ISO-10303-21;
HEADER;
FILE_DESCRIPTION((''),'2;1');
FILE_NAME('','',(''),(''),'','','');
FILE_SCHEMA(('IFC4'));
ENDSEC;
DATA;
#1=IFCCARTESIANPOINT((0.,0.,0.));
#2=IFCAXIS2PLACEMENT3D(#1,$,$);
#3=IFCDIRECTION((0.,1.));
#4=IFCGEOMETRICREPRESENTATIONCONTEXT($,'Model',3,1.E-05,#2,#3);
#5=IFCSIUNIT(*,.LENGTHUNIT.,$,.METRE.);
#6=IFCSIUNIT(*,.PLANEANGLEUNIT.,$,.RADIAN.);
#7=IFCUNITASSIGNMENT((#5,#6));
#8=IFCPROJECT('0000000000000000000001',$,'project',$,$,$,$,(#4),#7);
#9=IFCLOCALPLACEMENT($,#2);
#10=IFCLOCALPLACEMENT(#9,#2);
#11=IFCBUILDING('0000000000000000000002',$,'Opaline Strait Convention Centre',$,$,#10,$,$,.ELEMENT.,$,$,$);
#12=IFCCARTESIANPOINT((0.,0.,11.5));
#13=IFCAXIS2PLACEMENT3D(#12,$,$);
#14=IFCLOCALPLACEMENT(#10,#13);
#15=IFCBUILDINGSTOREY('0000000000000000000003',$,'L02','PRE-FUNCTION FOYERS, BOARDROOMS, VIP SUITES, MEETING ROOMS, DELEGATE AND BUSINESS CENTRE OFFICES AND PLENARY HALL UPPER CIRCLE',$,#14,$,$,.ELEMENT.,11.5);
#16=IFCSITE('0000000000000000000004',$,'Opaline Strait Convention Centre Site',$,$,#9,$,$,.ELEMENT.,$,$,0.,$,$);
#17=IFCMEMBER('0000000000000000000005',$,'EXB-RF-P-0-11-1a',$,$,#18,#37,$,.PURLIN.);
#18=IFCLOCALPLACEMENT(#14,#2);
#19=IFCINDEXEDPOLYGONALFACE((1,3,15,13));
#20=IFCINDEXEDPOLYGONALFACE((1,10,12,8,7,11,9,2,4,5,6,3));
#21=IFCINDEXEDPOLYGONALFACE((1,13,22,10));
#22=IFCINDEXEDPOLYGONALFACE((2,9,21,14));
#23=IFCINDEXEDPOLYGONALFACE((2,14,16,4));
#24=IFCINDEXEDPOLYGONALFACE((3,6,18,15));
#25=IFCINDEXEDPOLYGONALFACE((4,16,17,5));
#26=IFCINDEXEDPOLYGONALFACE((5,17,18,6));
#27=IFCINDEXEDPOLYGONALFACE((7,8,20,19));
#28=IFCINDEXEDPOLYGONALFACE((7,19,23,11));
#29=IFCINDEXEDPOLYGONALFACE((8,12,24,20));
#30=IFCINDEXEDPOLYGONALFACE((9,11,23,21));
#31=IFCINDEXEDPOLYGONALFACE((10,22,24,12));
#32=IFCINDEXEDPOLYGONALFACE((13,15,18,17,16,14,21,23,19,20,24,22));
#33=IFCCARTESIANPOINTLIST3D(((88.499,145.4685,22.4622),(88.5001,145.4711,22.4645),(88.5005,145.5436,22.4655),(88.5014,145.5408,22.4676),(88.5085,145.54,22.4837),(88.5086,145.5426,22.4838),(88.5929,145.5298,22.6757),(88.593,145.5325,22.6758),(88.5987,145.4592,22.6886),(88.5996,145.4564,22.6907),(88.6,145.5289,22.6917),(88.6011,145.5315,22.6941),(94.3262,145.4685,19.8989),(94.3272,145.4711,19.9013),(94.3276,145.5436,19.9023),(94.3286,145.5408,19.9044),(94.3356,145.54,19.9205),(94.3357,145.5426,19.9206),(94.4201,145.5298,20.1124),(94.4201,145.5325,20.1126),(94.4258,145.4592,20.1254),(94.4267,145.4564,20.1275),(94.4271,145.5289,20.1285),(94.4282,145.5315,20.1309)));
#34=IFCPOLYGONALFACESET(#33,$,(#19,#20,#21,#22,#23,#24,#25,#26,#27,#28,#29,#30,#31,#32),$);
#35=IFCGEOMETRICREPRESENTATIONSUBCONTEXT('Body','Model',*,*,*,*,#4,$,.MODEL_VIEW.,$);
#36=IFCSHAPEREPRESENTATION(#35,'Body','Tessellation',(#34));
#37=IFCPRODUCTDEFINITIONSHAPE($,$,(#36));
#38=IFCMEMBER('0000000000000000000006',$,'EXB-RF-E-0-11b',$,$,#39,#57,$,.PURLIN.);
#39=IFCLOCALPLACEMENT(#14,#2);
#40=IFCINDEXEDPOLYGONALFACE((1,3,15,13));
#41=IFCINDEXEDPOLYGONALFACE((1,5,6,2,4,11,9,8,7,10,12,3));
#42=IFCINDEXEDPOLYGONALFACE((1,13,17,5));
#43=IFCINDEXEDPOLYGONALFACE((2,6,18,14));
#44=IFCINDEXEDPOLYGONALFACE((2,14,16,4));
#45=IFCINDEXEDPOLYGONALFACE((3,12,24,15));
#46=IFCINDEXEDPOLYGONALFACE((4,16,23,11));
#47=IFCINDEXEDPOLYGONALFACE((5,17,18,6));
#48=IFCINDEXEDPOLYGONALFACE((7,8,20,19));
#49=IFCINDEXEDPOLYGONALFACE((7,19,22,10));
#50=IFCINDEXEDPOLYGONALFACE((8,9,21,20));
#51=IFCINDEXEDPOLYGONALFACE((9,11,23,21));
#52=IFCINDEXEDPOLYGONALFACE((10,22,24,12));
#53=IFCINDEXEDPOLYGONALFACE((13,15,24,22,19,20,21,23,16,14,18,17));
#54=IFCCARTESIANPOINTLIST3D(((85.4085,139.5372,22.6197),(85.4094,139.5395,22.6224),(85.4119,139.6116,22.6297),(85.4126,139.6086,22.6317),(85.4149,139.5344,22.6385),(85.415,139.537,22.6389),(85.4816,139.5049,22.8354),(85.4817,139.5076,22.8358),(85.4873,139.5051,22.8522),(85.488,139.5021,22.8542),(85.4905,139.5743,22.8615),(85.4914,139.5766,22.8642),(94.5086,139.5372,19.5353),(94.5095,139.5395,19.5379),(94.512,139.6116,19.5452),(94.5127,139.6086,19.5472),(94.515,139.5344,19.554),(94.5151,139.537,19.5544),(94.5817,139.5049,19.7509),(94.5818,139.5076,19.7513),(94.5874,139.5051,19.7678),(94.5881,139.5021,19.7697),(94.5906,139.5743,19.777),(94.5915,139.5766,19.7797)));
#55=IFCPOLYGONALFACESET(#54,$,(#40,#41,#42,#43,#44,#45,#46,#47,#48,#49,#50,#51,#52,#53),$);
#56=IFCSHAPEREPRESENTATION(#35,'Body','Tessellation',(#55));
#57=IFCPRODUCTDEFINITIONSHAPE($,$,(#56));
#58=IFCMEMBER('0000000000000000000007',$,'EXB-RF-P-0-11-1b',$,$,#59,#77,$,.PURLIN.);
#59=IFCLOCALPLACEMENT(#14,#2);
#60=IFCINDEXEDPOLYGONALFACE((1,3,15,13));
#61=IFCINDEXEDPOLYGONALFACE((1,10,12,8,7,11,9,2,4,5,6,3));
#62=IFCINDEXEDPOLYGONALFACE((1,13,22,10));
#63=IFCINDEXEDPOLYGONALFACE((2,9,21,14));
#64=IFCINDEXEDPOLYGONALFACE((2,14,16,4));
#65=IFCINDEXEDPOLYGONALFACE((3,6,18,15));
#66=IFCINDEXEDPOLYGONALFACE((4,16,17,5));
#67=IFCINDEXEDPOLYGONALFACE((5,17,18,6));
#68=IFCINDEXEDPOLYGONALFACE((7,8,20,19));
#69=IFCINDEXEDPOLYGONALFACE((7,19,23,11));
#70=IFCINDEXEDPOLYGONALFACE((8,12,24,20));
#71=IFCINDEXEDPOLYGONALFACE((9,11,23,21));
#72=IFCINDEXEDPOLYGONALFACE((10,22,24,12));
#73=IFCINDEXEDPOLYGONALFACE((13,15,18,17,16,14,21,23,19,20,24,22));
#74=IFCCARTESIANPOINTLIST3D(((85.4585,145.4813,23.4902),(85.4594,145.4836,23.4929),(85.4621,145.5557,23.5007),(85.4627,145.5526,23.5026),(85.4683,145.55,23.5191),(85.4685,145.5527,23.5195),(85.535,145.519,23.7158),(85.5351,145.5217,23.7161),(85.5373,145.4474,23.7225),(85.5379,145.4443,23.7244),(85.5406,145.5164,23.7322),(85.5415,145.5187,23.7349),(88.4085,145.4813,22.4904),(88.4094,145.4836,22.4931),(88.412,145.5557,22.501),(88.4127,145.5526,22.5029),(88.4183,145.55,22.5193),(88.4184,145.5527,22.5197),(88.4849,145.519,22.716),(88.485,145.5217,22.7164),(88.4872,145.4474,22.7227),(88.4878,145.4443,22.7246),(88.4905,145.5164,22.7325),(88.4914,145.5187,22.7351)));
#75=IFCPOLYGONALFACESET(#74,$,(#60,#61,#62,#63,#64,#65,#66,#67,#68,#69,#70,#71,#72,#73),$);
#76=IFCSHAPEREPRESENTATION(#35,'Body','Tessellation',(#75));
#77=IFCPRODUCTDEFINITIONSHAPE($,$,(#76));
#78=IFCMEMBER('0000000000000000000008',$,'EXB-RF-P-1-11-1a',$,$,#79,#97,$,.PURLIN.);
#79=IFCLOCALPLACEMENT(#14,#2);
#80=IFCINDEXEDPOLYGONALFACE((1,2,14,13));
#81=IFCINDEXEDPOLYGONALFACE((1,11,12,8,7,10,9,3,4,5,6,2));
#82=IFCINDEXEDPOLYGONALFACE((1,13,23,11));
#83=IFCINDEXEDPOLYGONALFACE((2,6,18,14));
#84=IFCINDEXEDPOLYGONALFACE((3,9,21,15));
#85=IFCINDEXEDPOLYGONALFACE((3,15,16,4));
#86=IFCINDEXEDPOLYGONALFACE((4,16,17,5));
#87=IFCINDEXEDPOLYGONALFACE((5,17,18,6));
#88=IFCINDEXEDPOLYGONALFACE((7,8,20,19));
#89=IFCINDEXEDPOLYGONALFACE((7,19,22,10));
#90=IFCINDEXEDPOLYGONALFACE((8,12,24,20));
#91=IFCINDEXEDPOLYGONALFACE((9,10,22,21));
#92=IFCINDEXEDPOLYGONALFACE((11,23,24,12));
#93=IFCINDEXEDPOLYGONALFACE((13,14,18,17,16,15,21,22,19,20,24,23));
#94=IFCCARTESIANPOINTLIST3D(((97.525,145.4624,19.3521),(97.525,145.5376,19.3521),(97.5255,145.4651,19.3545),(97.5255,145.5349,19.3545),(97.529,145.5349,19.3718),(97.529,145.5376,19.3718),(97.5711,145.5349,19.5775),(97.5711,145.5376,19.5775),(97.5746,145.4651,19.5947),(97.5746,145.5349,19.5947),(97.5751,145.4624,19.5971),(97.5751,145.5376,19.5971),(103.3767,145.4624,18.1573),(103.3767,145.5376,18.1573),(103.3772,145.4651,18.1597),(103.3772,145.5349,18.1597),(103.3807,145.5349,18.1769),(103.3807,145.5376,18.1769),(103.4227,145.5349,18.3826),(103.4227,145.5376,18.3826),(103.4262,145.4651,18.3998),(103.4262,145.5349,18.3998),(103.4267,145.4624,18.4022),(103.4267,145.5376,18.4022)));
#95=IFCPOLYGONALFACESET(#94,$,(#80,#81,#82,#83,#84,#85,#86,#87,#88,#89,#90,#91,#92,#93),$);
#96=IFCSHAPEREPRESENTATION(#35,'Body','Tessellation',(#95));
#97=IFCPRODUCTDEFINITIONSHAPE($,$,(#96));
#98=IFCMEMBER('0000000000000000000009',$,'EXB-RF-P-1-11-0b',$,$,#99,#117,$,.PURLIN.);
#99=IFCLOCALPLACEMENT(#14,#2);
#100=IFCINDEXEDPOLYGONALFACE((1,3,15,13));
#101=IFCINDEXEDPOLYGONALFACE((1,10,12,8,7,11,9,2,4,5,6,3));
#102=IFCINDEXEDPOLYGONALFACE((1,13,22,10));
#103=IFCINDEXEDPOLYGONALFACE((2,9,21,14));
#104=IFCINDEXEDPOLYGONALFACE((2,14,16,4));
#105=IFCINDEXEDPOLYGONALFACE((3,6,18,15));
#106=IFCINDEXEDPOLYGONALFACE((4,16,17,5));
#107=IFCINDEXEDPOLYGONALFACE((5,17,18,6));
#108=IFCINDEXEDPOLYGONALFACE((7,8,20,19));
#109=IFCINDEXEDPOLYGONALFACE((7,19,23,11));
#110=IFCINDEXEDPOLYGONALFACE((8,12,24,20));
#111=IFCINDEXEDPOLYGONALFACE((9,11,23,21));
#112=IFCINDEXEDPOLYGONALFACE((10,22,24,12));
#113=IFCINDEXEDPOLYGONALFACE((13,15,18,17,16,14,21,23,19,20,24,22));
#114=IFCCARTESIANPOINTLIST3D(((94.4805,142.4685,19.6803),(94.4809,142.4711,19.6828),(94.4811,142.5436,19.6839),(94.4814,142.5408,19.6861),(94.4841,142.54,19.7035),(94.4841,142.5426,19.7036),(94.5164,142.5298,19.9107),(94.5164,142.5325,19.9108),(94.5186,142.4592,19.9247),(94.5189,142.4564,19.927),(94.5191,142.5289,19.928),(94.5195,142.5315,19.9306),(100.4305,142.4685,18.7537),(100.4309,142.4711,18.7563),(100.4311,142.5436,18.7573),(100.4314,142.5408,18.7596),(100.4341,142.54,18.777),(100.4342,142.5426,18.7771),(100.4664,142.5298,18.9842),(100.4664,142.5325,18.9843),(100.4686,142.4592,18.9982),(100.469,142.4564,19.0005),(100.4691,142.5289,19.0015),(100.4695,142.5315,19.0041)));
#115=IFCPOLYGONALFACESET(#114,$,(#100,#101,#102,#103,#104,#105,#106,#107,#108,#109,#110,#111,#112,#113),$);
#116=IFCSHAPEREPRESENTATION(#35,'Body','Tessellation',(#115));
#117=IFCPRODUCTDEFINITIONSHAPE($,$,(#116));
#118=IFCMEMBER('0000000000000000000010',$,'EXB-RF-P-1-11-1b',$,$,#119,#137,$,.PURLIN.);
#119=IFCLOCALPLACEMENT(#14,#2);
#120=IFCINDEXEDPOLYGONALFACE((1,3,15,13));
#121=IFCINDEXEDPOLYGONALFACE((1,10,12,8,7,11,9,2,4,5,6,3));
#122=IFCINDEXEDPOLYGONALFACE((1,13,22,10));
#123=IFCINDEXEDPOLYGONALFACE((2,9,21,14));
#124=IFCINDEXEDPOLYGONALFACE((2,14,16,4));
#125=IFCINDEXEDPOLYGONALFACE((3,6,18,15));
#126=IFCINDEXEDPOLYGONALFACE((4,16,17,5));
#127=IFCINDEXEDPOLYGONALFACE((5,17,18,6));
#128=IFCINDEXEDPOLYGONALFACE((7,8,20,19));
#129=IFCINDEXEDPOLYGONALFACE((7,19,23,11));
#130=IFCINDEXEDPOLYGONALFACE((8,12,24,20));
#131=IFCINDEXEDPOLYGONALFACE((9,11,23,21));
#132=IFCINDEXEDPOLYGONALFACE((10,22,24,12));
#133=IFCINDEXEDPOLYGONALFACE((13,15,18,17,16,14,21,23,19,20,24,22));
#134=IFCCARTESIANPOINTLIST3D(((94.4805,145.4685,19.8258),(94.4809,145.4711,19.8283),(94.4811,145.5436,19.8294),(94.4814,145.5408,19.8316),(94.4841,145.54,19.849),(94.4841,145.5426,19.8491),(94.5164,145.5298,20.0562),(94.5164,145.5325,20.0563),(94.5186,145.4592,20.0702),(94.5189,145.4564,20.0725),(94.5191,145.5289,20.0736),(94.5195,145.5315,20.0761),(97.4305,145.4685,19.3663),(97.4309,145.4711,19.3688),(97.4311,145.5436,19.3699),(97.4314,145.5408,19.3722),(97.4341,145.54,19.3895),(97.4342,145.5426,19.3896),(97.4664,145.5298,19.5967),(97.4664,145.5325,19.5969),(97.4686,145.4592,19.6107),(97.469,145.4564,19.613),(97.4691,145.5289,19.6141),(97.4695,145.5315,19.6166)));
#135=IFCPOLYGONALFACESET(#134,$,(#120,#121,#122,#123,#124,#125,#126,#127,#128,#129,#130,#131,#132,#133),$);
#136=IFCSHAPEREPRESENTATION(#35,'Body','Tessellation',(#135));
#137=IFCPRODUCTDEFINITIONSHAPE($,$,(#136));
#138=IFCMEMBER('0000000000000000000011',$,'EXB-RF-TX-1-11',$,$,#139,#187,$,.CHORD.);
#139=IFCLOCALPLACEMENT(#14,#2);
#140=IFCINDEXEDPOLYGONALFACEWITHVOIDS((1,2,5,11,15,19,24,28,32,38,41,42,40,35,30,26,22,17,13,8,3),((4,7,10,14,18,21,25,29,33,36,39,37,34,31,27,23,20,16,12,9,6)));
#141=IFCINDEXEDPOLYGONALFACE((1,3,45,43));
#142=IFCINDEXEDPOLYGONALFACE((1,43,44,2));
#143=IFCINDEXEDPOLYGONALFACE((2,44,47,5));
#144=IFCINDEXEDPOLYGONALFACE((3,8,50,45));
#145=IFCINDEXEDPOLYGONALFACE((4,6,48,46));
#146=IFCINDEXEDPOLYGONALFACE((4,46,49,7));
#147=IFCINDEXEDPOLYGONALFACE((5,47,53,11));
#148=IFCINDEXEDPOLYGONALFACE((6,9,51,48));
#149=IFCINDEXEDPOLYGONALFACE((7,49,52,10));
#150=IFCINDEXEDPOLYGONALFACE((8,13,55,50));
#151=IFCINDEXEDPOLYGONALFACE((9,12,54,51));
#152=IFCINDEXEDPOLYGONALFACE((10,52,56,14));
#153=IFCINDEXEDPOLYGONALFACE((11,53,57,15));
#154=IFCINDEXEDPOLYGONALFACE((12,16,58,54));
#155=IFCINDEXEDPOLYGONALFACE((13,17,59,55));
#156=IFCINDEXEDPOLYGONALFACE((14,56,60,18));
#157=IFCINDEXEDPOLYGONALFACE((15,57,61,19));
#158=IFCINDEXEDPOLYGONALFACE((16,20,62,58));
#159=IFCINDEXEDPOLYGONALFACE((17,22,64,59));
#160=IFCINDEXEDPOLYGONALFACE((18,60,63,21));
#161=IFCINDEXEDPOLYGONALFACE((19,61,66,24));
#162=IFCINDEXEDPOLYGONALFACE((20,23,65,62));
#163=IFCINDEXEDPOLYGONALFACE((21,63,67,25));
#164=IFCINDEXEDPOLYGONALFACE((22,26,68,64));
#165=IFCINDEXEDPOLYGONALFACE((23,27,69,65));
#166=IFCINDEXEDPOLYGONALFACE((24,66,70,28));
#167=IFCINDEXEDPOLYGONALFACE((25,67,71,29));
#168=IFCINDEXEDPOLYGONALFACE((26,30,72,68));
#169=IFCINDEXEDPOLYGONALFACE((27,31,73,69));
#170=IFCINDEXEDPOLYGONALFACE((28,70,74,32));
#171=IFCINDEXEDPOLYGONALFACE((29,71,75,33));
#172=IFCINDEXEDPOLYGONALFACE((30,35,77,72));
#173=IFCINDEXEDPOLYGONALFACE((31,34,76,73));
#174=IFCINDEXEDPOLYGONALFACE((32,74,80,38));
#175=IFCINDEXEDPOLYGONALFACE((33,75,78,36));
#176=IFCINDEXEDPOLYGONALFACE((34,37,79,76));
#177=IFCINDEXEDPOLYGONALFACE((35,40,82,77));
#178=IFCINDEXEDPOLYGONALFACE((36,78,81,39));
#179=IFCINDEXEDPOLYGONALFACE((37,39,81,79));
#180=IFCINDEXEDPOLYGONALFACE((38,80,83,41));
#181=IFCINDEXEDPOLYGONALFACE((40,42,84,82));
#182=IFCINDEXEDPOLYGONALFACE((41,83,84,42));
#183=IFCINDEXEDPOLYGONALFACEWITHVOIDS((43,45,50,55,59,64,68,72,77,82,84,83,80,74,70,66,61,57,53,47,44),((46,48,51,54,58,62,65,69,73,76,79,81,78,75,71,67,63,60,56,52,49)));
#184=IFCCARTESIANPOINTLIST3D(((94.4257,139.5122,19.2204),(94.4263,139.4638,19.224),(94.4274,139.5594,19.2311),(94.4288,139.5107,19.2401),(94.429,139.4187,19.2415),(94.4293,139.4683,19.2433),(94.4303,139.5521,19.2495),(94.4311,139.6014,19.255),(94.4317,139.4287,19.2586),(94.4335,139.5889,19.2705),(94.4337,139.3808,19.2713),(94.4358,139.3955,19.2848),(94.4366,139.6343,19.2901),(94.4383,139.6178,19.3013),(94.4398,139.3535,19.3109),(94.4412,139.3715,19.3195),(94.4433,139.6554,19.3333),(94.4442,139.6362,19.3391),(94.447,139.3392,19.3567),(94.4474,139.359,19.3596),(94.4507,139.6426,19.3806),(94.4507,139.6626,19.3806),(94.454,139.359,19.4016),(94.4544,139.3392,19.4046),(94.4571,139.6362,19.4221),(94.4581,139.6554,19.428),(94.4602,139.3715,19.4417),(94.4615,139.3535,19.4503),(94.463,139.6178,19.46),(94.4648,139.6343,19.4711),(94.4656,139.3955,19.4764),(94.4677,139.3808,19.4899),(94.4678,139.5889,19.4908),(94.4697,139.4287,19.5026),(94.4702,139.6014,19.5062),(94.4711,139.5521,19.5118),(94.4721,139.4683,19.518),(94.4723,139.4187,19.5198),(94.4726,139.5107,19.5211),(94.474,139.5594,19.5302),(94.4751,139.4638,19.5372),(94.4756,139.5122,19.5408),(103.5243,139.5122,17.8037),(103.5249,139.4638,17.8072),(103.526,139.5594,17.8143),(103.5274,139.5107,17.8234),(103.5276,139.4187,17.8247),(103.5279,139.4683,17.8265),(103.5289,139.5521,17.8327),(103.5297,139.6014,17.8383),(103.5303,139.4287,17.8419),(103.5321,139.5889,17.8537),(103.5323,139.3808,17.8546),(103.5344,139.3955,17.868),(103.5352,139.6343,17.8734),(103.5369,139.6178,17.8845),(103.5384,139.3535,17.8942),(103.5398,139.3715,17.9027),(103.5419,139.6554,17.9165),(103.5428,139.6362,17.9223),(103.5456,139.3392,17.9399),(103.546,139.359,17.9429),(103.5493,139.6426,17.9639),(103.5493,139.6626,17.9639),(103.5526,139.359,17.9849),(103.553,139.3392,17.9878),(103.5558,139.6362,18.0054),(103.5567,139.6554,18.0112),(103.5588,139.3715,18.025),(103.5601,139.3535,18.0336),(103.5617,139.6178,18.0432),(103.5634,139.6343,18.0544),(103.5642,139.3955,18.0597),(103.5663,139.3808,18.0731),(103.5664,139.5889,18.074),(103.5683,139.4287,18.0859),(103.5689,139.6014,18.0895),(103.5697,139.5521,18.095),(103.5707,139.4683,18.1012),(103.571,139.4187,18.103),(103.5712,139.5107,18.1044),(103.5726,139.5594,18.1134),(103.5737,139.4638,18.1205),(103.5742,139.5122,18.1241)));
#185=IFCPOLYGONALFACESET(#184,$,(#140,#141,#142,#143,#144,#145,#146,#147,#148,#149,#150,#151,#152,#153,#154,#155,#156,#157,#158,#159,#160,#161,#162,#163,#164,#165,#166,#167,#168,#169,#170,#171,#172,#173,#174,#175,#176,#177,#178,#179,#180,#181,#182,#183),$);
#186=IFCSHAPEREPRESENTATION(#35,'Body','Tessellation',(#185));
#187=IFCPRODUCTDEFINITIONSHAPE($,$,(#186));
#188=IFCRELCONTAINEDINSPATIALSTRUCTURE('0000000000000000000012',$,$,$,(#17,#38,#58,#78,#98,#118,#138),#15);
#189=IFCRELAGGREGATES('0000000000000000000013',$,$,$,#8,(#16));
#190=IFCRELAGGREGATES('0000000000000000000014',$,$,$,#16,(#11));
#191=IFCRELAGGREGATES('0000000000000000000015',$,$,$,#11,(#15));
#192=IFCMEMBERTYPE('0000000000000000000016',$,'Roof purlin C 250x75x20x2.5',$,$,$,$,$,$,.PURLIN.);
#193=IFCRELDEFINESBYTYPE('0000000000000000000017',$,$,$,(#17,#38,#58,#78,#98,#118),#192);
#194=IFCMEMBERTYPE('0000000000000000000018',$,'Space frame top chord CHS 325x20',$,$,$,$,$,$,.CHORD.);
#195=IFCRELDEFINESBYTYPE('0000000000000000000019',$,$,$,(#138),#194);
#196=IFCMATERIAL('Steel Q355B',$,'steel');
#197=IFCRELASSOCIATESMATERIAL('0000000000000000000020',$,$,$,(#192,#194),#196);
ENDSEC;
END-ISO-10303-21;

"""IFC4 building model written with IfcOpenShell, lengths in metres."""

from ifc_helpers import new_model, si_unit, direction, frame, origin, origin_2d, place, context, subcontext, project, spatial, polyline, hollow_circle, outline, extrude, material, material_profile, profile_set, type_object, element, save


model = new_model("IFC4")

# Units and contexts
model_context = context("Model", 3, precision=1e-05, world=origin(), true_north=direction((0.0, 1.0)))
body_context = subcontext(model_context, "Body", "Model", "MODEL_VIEW")
ifc_project = project(units=[si_unit("LENGTHUNIT", "METRE"), si_unit("PLANEANGLEUNIT", "RADIAN")], contexts=[model_context])

# Site, building, storey
site_placement = place(None, origin())
site = spatial("IfcSite", under=ifc_project, at=site_placement, Name="Opaline Strait Convention Centre Site", CompositionType="ELEMENT", RefElevation=0.0)
building_placement = place(site_placement, origin())
building = spatial("IfcBuilding", under=site, at=building_placement, Name="Opaline Strait Convention Centre", CompositionType="ELEMENT")
storey_placement = place(building_placement, frame((0.0, 0.0, 11.5)))
storey = spatial("IfcBuildingStorey", under=building, at=storey_placement, Name="L02", Description="PRE-FUNCTION FOYERS, BOARDROOMS, VIP SUITES, MEETING ROOMS, DELEGATE AND BUSINESS CENTRE OFFICES AND PLENARY HALL UPPER CIRCLE", CompositionType="ELEMENT", Elevation=11.5)

# Members
ifc_material_1 = material(Name="Steel Q355B", Category="steel")
ifc_material_profile_1 = material_profile(ifc_material_1, outline(polyline([(-0.0376, -0.125), (0.0376, -0.125), (0.0376, -0.105), (0.0349, -0.105), (0.0349, -0.1226), (-0.0349, -0.1226), (-0.0349, 0.1226), (0.0349, 0.1226), (0.0349, 0.105), (0.0376, 0.105), (0.0376, 0.125), (-0.0376, 0.125), (-0.0376, -0.125)])), Name="C 250x75x20x2.5")
ifc_profile_set_1 = profile_set([ifc_material_profile_1], Name="Steel Q355B")
member_type_1 = type_object("IfcMemberType", Name="Roof purlin C 250x75x20x2.5", PredefinedType="PURLIN", material=ifc_profile_set_1)
member_1_placement = place(storey_placement, frame((88.55, 145.5, 22.5781), z_axis=(0.915356, 0.0, -0.402645), x_axis=(0.019501, 0.998826, 0.044334)))
element("IfcMember", 1, at=member_1_placement, inside=storey, type_object=member_type_1, Name="EXB-RF-P-0-11-1a", PredefinedType="PURLIN", context=body_context, shape_type="SweptSolid", body=[
    extrude(outline(polyline([(-0.0376, -0.125), (0.0376, -0.125), (0.0376, -0.105), (0.0349, -0.105), (0.0349, -0.1226), (-0.0349, -0.1226), (-0.0349, 0.1226), (0.0349, 0.1226), (0.0349, 0.105), (0.0376, 0.105), (0.0376, 0.125), (-0.0376, 0.125), (-0.0376, -0.125)])), origin(), (0.0, 0.0, 1.0), 6.366),
])
member_2_placement = place(storey_placement, frame((94.55, 139.5569, 19.6575), z_axis=(-0.947076, 0.0, 0.321011), x_axis=(-0.044975, -0.990137, -0.132688)))
element("IfcMember", 2, at=member_2_placement, inside=storey, type_object=member_type_1, Name="EXB-RF-E-0-11b", PredefinedType="PURLIN", context=body_context, shape_type="SweptSolid", body=[
    extrude(outline(polyline([(-0.0376, -0.125), (0.0376, -0.125), (0.0376, -0.105), (0.0349, -0.105), (0.0349, -0.1226), (-0.0349, -0.1226), (-0.0349, 0.1226), (0.0349, 0.1226), (0.0349, 0.105), (0.0376, 0.105), (0.0376, 0.125), (-0.0376, 0.125), (-0.0376, -0.125)])), origin(), (0.0, 0.0, 1.0), 9.6086),
])
member_3_placement = place(storey_placement, frame((85.5, 145.5, 23.6125), z_axis=(0.947088, 0.0, -0.320974), x_axis=(0.047429, 0.989022, 0.139948)))
element("IfcMember", 3, at=member_3_placement, inside=storey, type_object=member_type_1, Name="EXB-RF-P-0-11-1b", PredefinedType="PURLIN", context=body_context, shape_type="SweptSolid", body=[
    extrude(outline(polyline([(-0.0376, -0.125), (0.0376, -0.125), (0.0376, -0.105), (0.0349, -0.105), (0.0349, -0.1226), (-0.0349, -0.1226), (-0.0349, 0.1226), (0.0349, 0.1226), (0.0349, 0.105), (0.0376, 0.105), (0.0376, 0.125), (-0.0376, 0.125), (-0.0376, -0.125)])), origin(), (0.0, 0.0, 1.0), 3.1147),
])
member_4_placement = place(storey_placement, frame((97.55, 145.5, 19.4746), z_axis=(0.979783, 0.0, -0.200061), x_axis=(0.0, 1.0, 0.0)))
element("IfcMember", 4, at=member_4_placement, inside=storey, type_object=member_type_1, Name="EXB-RF-P-1-11-1a", PredefinedType="PURLIN", context=body_context, shape_type="SweptSolid", body=[
    extrude(outline(polyline([(-0.0376, -0.125), (0.0376, -0.125), (0.0376, -0.105), (0.0349, -0.105), (0.0349, -0.1226), (-0.0349, -0.1226), (-0.0349, 0.1226), (0.0349, 0.1226), (0.0349, 0.105), (0.0376, 0.105), (0.0376, 0.125), (-0.0376, 0.125), (-0.0376, -0.125)])), origin(), (0.0, 0.0, 1.0), 5.9724),
])
member_5_placement = place(storey_placement, frame((94.5, 142.5, 19.8054), z_axis=(0.988092, 0.0, -0.153864), x_axis=(0.007452, 0.998826, 0.047856)))
element("IfcMember", 5, at=member_5_placement, inside=storey, type_object=member_type_1, Name="EXB-RF-P-1-11-0b", PredefinedType="PURLIN", context=body_context, shape_type="SweptSolid", body=[
    extrude(outline(polyline([(-0.0376, -0.125), (0.0376, -0.125), (0.0376, -0.105), (0.0349, -0.105), (0.0349, -0.1226), (-0.0349, -0.1226), (-0.0349, 0.1226), (0.0349, 0.1226), (0.0349, 0.105), (0.0376, 0.105), (0.0376, 0.125), (-0.0376, 0.125), (-0.0376, -0.125)])), origin(), (0.0, 0.0, 1.0), 6.0217),
])
member_6_placement = place(storey_placement, frame((94.5, 145.5, 19.9509), z_axis=(0.988086, 0.0, -0.1539), x_axis=(0.007454, 0.998826, 0.047856)))
element("IfcMember", 6, at=member_6_placement, inside=storey, type_object=member_type_1, Name="EXB-RF-P-1-11-1b", PredefinedType="PURLIN", context=body_context, shape_type="SweptSolid", body=[
    extrude(outline(polyline([(-0.0376, -0.125), (0.0376, -0.125), (0.0376, -0.105), (0.0349, -0.105), (0.0349, -0.1226), (-0.0349, -0.1226), (-0.0349, 0.1226), (0.0349, 0.1226), (0.0349, 0.105), (0.0376, 0.105), (0.0376, 0.125), (-0.0376, 0.125), (-0.0376, -0.125)])), origin(), (0.0, 0.0, 1.0), 2.9856),
])
ifc_material_profile_2 = material_profile(ifc_material_1, hollow_circle(Radius=0.1626, WallThickness=0.02, at=origin_2d()), Name="CHS 325x20")
ifc_profile_set_2 = profile_set([ifc_material_profile_2], Name="Steel Q355B")
member_type_2 = type_object("IfcMemberType", Name="Space frame top chord CHS 325x20", PredefinedType="CHORD", material=ifc_profile_set_2)
member_7_placement = place(storey_placement, frame((94.4507, 139.5, 19.3806), z_axis=(0.988093, 0.0, -0.153856), x_axis=(0.0, 1.0, 0.0)))
element("IfcMember", 7, at=member_7_placement, inside=storey, type_object=member_type_2, Name="EXB-RF-TX-1-11", PredefinedType="CHORD", context=body_context, shape_type="SweptSolid", body=[
    extrude(hollow_circle(Radius=0.1626, WallThickness=0.02, at=origin_2d()), origin(), (0.0, 0.0, 1.0), 9.2083),
])

save(model, "model.ifc")
